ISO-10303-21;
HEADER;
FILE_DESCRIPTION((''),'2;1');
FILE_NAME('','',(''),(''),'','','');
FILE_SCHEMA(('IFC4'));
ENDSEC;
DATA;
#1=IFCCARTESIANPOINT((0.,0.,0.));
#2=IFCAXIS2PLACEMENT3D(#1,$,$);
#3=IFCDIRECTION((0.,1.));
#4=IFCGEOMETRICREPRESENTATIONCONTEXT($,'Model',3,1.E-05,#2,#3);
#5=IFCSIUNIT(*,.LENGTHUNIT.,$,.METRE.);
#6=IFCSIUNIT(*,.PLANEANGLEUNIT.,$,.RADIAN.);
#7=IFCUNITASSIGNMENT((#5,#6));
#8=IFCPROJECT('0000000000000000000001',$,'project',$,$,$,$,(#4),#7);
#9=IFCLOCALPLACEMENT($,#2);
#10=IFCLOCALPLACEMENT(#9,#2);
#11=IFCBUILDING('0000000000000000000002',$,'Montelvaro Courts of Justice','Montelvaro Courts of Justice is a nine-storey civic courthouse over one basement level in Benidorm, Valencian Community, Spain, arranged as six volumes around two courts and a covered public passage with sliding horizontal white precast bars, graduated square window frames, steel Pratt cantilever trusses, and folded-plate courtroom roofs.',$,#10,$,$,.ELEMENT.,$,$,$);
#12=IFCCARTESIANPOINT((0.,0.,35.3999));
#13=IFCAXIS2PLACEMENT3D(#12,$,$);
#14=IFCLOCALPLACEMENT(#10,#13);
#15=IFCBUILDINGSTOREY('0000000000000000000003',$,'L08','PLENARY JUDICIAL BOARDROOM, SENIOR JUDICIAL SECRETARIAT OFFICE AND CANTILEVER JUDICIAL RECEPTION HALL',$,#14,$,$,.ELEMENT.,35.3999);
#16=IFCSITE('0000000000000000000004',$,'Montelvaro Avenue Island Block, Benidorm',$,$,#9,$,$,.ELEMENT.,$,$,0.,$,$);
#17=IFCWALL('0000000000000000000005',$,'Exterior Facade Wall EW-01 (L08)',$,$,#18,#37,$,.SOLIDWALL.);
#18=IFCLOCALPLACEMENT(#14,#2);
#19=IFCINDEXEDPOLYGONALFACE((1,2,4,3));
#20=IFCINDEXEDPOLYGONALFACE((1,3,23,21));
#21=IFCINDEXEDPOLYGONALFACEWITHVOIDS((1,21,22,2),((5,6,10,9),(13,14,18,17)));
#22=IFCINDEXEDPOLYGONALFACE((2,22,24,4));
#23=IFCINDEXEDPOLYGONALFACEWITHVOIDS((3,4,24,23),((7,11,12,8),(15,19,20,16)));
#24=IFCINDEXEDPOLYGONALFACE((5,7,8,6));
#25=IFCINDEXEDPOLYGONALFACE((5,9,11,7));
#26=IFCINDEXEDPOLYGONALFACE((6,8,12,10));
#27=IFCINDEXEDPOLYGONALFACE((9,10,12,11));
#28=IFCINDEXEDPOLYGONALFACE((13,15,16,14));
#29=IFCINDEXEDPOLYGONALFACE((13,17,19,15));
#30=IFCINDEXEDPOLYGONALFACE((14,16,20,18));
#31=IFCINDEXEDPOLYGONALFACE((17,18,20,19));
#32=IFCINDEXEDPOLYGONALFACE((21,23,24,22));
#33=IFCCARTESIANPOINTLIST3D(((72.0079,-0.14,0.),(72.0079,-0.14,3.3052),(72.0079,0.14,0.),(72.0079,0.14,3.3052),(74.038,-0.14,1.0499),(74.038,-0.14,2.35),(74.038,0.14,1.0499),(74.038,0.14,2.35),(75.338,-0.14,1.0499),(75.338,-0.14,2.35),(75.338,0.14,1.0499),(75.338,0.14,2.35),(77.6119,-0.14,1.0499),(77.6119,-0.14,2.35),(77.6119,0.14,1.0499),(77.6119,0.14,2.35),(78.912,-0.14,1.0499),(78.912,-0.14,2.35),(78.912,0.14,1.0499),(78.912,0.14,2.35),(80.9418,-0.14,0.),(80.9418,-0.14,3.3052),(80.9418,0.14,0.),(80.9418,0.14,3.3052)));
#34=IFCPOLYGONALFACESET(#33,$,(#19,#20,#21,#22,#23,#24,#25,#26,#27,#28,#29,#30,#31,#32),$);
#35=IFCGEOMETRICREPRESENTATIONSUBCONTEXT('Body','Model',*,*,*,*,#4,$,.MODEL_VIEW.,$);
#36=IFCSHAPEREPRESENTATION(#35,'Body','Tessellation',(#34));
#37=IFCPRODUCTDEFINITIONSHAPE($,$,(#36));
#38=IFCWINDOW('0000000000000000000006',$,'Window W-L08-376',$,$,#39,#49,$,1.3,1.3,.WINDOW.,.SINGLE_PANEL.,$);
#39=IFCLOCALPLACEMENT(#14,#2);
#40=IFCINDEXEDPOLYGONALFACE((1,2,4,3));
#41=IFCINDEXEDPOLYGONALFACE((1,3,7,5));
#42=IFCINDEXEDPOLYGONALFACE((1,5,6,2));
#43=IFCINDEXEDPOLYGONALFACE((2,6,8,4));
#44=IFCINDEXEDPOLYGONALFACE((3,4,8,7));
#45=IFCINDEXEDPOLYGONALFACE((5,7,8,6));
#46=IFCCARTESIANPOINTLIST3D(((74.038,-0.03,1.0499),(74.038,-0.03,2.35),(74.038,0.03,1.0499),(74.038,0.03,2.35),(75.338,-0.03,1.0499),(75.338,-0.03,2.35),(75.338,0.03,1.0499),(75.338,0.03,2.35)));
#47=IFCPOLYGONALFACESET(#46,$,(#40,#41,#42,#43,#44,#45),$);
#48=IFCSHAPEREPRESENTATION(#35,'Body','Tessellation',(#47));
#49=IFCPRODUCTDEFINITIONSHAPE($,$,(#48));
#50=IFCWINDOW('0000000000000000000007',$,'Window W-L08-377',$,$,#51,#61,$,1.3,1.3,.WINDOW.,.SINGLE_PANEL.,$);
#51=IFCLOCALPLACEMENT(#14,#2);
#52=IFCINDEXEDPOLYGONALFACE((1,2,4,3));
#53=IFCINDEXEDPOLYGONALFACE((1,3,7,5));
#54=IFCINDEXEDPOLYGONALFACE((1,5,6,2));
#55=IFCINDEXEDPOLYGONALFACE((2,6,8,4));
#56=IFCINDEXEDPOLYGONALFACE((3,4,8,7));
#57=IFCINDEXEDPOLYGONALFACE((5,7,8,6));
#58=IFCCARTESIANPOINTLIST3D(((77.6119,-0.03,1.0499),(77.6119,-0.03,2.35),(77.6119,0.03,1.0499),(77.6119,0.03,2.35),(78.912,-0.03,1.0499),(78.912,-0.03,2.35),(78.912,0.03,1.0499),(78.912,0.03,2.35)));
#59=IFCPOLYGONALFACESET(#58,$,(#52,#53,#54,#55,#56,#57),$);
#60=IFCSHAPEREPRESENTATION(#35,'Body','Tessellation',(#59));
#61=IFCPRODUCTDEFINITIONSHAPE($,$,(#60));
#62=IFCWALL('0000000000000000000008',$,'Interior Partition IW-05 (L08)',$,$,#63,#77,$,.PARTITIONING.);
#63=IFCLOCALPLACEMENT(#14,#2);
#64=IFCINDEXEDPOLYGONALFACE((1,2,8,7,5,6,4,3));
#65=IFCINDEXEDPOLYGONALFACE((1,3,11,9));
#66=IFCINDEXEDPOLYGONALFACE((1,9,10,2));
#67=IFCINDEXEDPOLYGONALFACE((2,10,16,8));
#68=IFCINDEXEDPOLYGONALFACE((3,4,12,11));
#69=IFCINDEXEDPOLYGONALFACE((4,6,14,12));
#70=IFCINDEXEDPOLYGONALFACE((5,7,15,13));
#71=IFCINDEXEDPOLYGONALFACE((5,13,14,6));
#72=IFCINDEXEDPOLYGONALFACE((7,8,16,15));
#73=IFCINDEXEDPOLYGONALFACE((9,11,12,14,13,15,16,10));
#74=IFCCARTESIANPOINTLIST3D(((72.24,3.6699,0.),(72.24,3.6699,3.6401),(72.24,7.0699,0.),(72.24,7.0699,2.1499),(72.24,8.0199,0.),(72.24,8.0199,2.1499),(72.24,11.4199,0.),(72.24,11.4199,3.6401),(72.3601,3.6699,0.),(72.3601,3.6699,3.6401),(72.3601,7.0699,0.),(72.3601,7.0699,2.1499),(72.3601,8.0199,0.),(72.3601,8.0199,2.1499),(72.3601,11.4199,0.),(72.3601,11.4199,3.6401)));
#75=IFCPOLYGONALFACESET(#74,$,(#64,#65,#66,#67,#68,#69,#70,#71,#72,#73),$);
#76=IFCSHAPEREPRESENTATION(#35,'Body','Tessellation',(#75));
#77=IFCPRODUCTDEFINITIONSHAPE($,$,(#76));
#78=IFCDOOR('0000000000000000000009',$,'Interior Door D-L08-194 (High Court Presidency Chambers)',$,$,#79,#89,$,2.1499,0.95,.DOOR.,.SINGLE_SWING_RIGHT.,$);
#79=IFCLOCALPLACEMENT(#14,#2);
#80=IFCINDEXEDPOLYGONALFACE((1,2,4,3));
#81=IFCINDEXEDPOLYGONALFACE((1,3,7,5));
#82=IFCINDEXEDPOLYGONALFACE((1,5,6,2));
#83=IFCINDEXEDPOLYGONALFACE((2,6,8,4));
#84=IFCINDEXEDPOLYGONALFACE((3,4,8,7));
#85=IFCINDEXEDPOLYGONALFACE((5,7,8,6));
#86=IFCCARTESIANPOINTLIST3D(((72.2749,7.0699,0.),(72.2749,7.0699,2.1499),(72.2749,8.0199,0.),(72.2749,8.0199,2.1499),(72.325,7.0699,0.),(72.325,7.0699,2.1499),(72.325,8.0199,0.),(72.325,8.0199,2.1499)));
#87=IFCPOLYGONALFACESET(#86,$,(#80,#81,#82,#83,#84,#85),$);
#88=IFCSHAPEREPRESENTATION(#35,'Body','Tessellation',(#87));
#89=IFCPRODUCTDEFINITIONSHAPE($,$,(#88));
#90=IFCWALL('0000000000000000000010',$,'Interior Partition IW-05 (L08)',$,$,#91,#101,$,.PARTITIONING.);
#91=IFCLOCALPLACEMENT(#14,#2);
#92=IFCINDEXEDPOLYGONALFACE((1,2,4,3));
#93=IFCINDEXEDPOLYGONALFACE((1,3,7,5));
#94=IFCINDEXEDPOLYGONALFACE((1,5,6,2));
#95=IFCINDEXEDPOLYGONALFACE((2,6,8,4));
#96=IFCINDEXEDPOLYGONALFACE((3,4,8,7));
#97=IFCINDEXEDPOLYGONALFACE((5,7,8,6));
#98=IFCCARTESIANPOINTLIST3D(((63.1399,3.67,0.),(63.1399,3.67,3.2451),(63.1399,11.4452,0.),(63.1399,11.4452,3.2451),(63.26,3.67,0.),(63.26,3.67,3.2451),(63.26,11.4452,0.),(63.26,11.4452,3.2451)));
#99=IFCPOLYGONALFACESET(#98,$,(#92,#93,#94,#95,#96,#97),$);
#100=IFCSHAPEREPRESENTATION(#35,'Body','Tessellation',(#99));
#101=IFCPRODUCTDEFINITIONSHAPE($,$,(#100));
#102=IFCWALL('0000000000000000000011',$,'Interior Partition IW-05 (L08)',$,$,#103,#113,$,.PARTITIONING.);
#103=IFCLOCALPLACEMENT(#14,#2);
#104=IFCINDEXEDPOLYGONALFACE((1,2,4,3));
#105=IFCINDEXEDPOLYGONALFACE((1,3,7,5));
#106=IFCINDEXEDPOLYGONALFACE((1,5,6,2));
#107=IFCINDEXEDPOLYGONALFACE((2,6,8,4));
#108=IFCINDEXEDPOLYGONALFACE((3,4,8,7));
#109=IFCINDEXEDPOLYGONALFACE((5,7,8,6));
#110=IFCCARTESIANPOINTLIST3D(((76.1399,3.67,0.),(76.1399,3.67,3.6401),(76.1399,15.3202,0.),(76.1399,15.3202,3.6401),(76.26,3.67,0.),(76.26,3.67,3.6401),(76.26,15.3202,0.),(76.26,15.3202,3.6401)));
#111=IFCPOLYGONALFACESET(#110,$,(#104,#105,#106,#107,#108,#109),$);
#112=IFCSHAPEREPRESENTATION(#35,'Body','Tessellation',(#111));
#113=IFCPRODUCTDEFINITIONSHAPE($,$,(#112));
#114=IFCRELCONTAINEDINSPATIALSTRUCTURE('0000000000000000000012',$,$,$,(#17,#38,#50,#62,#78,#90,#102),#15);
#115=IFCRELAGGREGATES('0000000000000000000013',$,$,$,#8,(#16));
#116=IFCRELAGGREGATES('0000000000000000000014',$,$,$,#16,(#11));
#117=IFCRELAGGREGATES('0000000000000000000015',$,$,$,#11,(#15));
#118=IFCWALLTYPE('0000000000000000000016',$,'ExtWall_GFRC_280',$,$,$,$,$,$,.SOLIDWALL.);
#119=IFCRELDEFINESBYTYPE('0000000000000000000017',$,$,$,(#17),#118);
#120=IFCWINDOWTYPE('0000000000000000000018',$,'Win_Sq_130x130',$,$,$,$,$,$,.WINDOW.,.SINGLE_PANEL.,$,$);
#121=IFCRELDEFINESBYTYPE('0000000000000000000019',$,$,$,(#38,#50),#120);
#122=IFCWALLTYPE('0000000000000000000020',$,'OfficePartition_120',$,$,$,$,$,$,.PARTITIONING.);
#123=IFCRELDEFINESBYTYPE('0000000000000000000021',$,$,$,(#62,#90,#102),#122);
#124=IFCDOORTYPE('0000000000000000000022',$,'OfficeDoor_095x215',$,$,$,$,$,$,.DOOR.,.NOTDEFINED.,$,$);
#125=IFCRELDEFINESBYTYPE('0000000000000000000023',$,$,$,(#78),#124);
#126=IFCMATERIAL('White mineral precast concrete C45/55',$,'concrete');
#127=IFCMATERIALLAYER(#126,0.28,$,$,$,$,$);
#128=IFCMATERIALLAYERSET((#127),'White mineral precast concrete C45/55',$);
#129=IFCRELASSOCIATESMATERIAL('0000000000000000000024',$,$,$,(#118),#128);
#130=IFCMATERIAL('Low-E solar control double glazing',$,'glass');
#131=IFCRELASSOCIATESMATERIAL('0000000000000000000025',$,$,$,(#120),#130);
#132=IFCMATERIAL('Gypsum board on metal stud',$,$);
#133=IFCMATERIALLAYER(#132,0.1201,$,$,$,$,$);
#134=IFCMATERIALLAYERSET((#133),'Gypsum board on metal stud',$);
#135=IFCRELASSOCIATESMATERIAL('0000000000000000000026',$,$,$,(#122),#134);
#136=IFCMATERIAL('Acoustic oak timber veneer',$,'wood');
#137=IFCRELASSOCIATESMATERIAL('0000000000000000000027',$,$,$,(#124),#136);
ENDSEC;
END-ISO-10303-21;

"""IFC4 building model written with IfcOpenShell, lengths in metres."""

from ifc_helpers import new_model, si_unit, direction, frame, frame_2d, origin, place, context, subcontext, project, spatial, rectangle, extrude, material, layer, layer_set, type_object, element, fill, save


model = new_model("IFC4")

# Units and contexts
model_context = context("Model", 3, precision=1e-05, world=origin(), true_north=direction((0.0, 1.0)))
body_context = subcontext(model_context, "Body", "Model", "MODEL_VIEW")
ifc_project = project(units=[si_unit("LENGTHUNIT", "METRE"), si_unit("PLANEANGLEUNIT", "RADIAN")], contexts=[model_context])

# Site, building, storey
site_placement = place(None, origin())
site = spatial("IfcSite", under=ifc_project, at=site_placement, Name="Montelvaro Avenue Island Block, Benidorm", CompositionType="ELEMENT", RefElevation=0.0)
building_placement = place(site_placement, origin())
building = spatial("IfcBuilding", under=site, at=building_placement, Name="Montelvaro Courts of Justice", Description="Montelvaro Courts of Justice is a nine-storey civic courthouse over one basement level in Benidorm, Valencian Community, Spain, arranged as six volumes around two courts and a covered public passage with sliding horizontal white precast bars, graduated square window frames, steel Pratt cantilever trusses, and folded-plate courtroom roofs.", CompositionType="ELEMENT")
storey_placement = place(building_placement, frame((0.0, 0.0, 35.3999)))
storey = spatial("IfcBuildingStorey", under=building, at=storey_placement, Name="L08", Description="PLENARY JUDICIAL BOARDROOM, SENIOR JUDICIAL SECRETARIAT OFFICE AND CANTILEVER JUDICIAL RECEPTION HALL", CompositionType="ELEMENT", Elevation=35.3999)

# Shared definitions
ifc_material_1 = material(Name="White mineral precast concrete C45/55", Category="concrete")

# Shared definitions
ifc_material_2 = material(Name="Gypsum board on metal stud")

# Wall, openings, windows
ifc_layer_1 = layer(ifc_material_1, 0.28)
ifc_layer_set_1 = layer_set([ifc_layer_1], Name="White mineral precast concrete C45/55")
wall_type_1 = type_object("IfcWallType", Name="ExtWall_GFRC_280", PredefinedType="SOLIDWALL", material=ifc_layer_set_1)
wall_1_placement = place(storey_placement, frame((72.0081, 0.0, 0.0), z_axis=(0.0, 0.0, 1.0), x_axis=(1.0, 0.0, 0.0)))
wall_1 = element("IfcWall", 1, at=wall_1_placement, inside=storey, type_object=wall_type_1, Name="Exterior Facade Wall EW-01 (L08)", PredefinedType="SOLIDWALL", context=body_context, shape_type="SweptSolid", body=[
    extrude(rectangle(XDim=8.9338, YDim=0.28, at=frame_2d((4.4668, 0.0))), origin(), (0.0, 0.0, 1.0), 3.3052),
])
opening_1_placement = place(wall_1_placement, frame((2.03, 0.0, 1.05)))
opening_1 = element("IfcOpeningElement", 2, at=opening_1_placement, cuts=wall_1, PredefinedType="OPENING", context=body_context, shape_type="SweptSolid", body=[
    extrude(rectangle(XDim=1.3, YDim=1.3, at=frame_2d((0.6499, 0.6499))), frame((0.0, 0.1548, 0.0), z_axis=(0.0, -1.0, 0.0), x_axis=(1.0, 0.0, 0.0)), (0.0, 0.0, 1.0), 0.3098),
])
opening_2_placement = place(wall_1_placement, frame((5.604, 0.0, 1.05)))
opening_2 = element("IfcOpeningElement", 3, at=opening_2_placement, cuts=wall_1, PredefinedType="OPENING", context=body_context, shape_type="SweptSolid", body=[
    extrude(rectangle(XDim=1.3, YDim=1.3, at=frame_2d((0.6499, 0.6499))), frame((0.0, 0.1548, 0.0), z_axis=(0.0, -1.0, 0.0), x_axis=(1.0, 0.0, 0.0)), (0.0, 0.0, 1.0), 0.3098),
])
ifc_material_3 = material(Name="Low-E solar control double glazing", Category="glass")
window_type = type_object("IfcWindowType", Name="Win_Sq_130x130", PartitioningType="SINGLE_PANEL", PredefinedType="WINDOW", material=ifc_material_3)
window_1_placement = place(opening_1_placement, origin())
window_1 = element("IfcWindow", 4, at=window_1_placement, inside=storey, type_object=window_type, Name="Window W-L08-376", OverallHeight=1.3, OverallWidth=1.3, PartitioningType="SINGLE_PANEL", PredefinedType="WINDOW", context=body_context, shape_type="SweptSolid", body=[
    extrude(rectangle(XDim=1.3, YDim=1.3, at=frame_2d((0.6499, 0.6499))), frame((0.0, 0.03, 0.0), z_axis=(0.0, -1.0, 0.0), x_axis=(1.0, 0.0, 0.0)), (0.0, 0.0, 1.0), 0.0601),
])
fill(opening_1, window_1)
window_2_placement = place(opening_2_placement, origin())
window_2 = element("IfcWindow", 5, at=window_2_placement, inside=storey, type_object=window_type, Name="Window W-L08-377", OverallHeight=1.3, OverallWidth=1.3, PartitioningType="SINGLE_PANEL", PredefinedType="WINDOW", context=body_context, shape_type="SweptSolid", body=[
    extrude(rectangle(XDim=1.3, YDim=1.3, at=frame_2d((0.6499, 0.6499))), frame((0.0, 0.03, 0.0), z_axis=(0.0, -1.0, 0.0), x_axis=(1.0, 0.0, 0.0)), (0.0, 0.0, 1.0), 0.0601),
])
fill(opening_2, window_2)

# Wall, opening, door
ifc_layer_2 = layer(ifc_material_2, 0.1201)
ifc_layer_set_2 = layer_set([ifc_layer_2], Name="Gypsum board on metal stud")
wall_type_2 = type_object("IfcWallType", Name="OfficePartition_120", PredefinedType="PARTITIONING", material=ifc_layer_set_2)
wall_2_placement = place(storey_placement, frame((72.3, 11.4199, 0.0), z_axis=(0.0, 0.0, 1.0), x_axis=(0.0, -1.0, 0.0)))
wall_2 = element("IfcWall", 6, at=wall_2_placement, inside=storey, type_object=wall_type_2, Name="Interior Partition IW-05 (L08)", PredefinedType="PARTITIONING", context=body_context, shape_type="SweptSolid", body=[
    extrude(rectangle(XDim=7.75, YDim=0.1201, at=frame_2d((3.875, 0.0))), origin(), (0.0, 0.0, 1.0), 3.6401),
])
opening_3_placement = place(wall_2_placement, frame((3.3999, 0.0, 0.0)))
opening_3 = element("IfcOpeningElement", 7, at=opening_3_placement, cuts=wall_2, PredefinedType="OPENING", context=body_context, shape_type="SweptSolid", body=[
    extrude(rectangle(XDim=0.95, YDim=2.1499, at=frame_2d((0.4751, 1.075))), frame((0.0, 0.075, 0.0), z_axis=(0.0, -1.0, 0.0), x_axis=(1.0, 0.0, 0.0)), (0.0, 0.0, 1.0), 0.1499),
])
ifc_material_4 = material(Name="Acoustic oak timber veneer", Category="wood")
door_type = type_object("IfcDoorType", Name="OfficeDoor_095x215", OperationType="NOTDEFINED", PredefinedType="DOOR", material=ifc_material_4)
door_placement = place(opening_3_placement, origin())
door = element("IfcDoor", 8, at=door_placement, inside=storey, type_object=door_type, Name="Interior Door D-L08-194 (High Court Presidency Chambers)", OperationType="SINGLE_SWING_RIGHT", OverallHeight=2.1499, OverallWidth=0.95, PredefinedType="DOOR", context=body_context, shape_type="SweptSolid", body=[
    extrude(rectangle(XDim=0.95, YDim=2.1499, at=frame_2d((0.4751, 1.075))), frame((0.0, 0.0249, 0.0), z_axis=(0.0, -1.0, 0.0), x_axis=(1.0, 0.0, 0.0)), (0.0, 0.0, 1.0), 0.05),
])
fill(opening_3, door)

# Walls
wall_3_placement = place(storey_placement, frame((63.2, 3.6699, 0.0), z_axis=(0.0, 0.0, 1.0), x_axis=(0.0, 1.0, 0.0)))
element("IfcWall", 9, at=wall_3_placement, inside=storey, type_object=wall_type_2, Name="Interior Partition IW-05 (L08)", PredefinedType="PARTITIONING", context=body_context, shape_type="SweptSolid", body=[
    extrude(rectangle(XDim=7.7751, YDim=0.1201, at=frame_2d((3.8877, 0.0))), origin(), (0.0, 0.0, 1.0), 3.2451),
])
wall_4_placement = place(storey_placement, frame((76.2, 3.6699, 0.0), z_axis=(0.0, 0.0, 1.0), x_axis=(0.0, 1.0, 0.0)))
element("IfcWall", 10, at=wall_4_placement, inside=storey, type_object=wall_type_2, Name="Interior Partition IW-05 (L08)", PredefinedType="PARTITIONING", context=body_context, shape_type="SweptSolid", body=[
    extrude(rectangle(XDim=11.6501, YDim=0.1201, at=frame_2d((5.8252, 0.0))), origin(), (0.0, 0.0, 1.0), 3.6401),
])

save(model, "model.ifc")
